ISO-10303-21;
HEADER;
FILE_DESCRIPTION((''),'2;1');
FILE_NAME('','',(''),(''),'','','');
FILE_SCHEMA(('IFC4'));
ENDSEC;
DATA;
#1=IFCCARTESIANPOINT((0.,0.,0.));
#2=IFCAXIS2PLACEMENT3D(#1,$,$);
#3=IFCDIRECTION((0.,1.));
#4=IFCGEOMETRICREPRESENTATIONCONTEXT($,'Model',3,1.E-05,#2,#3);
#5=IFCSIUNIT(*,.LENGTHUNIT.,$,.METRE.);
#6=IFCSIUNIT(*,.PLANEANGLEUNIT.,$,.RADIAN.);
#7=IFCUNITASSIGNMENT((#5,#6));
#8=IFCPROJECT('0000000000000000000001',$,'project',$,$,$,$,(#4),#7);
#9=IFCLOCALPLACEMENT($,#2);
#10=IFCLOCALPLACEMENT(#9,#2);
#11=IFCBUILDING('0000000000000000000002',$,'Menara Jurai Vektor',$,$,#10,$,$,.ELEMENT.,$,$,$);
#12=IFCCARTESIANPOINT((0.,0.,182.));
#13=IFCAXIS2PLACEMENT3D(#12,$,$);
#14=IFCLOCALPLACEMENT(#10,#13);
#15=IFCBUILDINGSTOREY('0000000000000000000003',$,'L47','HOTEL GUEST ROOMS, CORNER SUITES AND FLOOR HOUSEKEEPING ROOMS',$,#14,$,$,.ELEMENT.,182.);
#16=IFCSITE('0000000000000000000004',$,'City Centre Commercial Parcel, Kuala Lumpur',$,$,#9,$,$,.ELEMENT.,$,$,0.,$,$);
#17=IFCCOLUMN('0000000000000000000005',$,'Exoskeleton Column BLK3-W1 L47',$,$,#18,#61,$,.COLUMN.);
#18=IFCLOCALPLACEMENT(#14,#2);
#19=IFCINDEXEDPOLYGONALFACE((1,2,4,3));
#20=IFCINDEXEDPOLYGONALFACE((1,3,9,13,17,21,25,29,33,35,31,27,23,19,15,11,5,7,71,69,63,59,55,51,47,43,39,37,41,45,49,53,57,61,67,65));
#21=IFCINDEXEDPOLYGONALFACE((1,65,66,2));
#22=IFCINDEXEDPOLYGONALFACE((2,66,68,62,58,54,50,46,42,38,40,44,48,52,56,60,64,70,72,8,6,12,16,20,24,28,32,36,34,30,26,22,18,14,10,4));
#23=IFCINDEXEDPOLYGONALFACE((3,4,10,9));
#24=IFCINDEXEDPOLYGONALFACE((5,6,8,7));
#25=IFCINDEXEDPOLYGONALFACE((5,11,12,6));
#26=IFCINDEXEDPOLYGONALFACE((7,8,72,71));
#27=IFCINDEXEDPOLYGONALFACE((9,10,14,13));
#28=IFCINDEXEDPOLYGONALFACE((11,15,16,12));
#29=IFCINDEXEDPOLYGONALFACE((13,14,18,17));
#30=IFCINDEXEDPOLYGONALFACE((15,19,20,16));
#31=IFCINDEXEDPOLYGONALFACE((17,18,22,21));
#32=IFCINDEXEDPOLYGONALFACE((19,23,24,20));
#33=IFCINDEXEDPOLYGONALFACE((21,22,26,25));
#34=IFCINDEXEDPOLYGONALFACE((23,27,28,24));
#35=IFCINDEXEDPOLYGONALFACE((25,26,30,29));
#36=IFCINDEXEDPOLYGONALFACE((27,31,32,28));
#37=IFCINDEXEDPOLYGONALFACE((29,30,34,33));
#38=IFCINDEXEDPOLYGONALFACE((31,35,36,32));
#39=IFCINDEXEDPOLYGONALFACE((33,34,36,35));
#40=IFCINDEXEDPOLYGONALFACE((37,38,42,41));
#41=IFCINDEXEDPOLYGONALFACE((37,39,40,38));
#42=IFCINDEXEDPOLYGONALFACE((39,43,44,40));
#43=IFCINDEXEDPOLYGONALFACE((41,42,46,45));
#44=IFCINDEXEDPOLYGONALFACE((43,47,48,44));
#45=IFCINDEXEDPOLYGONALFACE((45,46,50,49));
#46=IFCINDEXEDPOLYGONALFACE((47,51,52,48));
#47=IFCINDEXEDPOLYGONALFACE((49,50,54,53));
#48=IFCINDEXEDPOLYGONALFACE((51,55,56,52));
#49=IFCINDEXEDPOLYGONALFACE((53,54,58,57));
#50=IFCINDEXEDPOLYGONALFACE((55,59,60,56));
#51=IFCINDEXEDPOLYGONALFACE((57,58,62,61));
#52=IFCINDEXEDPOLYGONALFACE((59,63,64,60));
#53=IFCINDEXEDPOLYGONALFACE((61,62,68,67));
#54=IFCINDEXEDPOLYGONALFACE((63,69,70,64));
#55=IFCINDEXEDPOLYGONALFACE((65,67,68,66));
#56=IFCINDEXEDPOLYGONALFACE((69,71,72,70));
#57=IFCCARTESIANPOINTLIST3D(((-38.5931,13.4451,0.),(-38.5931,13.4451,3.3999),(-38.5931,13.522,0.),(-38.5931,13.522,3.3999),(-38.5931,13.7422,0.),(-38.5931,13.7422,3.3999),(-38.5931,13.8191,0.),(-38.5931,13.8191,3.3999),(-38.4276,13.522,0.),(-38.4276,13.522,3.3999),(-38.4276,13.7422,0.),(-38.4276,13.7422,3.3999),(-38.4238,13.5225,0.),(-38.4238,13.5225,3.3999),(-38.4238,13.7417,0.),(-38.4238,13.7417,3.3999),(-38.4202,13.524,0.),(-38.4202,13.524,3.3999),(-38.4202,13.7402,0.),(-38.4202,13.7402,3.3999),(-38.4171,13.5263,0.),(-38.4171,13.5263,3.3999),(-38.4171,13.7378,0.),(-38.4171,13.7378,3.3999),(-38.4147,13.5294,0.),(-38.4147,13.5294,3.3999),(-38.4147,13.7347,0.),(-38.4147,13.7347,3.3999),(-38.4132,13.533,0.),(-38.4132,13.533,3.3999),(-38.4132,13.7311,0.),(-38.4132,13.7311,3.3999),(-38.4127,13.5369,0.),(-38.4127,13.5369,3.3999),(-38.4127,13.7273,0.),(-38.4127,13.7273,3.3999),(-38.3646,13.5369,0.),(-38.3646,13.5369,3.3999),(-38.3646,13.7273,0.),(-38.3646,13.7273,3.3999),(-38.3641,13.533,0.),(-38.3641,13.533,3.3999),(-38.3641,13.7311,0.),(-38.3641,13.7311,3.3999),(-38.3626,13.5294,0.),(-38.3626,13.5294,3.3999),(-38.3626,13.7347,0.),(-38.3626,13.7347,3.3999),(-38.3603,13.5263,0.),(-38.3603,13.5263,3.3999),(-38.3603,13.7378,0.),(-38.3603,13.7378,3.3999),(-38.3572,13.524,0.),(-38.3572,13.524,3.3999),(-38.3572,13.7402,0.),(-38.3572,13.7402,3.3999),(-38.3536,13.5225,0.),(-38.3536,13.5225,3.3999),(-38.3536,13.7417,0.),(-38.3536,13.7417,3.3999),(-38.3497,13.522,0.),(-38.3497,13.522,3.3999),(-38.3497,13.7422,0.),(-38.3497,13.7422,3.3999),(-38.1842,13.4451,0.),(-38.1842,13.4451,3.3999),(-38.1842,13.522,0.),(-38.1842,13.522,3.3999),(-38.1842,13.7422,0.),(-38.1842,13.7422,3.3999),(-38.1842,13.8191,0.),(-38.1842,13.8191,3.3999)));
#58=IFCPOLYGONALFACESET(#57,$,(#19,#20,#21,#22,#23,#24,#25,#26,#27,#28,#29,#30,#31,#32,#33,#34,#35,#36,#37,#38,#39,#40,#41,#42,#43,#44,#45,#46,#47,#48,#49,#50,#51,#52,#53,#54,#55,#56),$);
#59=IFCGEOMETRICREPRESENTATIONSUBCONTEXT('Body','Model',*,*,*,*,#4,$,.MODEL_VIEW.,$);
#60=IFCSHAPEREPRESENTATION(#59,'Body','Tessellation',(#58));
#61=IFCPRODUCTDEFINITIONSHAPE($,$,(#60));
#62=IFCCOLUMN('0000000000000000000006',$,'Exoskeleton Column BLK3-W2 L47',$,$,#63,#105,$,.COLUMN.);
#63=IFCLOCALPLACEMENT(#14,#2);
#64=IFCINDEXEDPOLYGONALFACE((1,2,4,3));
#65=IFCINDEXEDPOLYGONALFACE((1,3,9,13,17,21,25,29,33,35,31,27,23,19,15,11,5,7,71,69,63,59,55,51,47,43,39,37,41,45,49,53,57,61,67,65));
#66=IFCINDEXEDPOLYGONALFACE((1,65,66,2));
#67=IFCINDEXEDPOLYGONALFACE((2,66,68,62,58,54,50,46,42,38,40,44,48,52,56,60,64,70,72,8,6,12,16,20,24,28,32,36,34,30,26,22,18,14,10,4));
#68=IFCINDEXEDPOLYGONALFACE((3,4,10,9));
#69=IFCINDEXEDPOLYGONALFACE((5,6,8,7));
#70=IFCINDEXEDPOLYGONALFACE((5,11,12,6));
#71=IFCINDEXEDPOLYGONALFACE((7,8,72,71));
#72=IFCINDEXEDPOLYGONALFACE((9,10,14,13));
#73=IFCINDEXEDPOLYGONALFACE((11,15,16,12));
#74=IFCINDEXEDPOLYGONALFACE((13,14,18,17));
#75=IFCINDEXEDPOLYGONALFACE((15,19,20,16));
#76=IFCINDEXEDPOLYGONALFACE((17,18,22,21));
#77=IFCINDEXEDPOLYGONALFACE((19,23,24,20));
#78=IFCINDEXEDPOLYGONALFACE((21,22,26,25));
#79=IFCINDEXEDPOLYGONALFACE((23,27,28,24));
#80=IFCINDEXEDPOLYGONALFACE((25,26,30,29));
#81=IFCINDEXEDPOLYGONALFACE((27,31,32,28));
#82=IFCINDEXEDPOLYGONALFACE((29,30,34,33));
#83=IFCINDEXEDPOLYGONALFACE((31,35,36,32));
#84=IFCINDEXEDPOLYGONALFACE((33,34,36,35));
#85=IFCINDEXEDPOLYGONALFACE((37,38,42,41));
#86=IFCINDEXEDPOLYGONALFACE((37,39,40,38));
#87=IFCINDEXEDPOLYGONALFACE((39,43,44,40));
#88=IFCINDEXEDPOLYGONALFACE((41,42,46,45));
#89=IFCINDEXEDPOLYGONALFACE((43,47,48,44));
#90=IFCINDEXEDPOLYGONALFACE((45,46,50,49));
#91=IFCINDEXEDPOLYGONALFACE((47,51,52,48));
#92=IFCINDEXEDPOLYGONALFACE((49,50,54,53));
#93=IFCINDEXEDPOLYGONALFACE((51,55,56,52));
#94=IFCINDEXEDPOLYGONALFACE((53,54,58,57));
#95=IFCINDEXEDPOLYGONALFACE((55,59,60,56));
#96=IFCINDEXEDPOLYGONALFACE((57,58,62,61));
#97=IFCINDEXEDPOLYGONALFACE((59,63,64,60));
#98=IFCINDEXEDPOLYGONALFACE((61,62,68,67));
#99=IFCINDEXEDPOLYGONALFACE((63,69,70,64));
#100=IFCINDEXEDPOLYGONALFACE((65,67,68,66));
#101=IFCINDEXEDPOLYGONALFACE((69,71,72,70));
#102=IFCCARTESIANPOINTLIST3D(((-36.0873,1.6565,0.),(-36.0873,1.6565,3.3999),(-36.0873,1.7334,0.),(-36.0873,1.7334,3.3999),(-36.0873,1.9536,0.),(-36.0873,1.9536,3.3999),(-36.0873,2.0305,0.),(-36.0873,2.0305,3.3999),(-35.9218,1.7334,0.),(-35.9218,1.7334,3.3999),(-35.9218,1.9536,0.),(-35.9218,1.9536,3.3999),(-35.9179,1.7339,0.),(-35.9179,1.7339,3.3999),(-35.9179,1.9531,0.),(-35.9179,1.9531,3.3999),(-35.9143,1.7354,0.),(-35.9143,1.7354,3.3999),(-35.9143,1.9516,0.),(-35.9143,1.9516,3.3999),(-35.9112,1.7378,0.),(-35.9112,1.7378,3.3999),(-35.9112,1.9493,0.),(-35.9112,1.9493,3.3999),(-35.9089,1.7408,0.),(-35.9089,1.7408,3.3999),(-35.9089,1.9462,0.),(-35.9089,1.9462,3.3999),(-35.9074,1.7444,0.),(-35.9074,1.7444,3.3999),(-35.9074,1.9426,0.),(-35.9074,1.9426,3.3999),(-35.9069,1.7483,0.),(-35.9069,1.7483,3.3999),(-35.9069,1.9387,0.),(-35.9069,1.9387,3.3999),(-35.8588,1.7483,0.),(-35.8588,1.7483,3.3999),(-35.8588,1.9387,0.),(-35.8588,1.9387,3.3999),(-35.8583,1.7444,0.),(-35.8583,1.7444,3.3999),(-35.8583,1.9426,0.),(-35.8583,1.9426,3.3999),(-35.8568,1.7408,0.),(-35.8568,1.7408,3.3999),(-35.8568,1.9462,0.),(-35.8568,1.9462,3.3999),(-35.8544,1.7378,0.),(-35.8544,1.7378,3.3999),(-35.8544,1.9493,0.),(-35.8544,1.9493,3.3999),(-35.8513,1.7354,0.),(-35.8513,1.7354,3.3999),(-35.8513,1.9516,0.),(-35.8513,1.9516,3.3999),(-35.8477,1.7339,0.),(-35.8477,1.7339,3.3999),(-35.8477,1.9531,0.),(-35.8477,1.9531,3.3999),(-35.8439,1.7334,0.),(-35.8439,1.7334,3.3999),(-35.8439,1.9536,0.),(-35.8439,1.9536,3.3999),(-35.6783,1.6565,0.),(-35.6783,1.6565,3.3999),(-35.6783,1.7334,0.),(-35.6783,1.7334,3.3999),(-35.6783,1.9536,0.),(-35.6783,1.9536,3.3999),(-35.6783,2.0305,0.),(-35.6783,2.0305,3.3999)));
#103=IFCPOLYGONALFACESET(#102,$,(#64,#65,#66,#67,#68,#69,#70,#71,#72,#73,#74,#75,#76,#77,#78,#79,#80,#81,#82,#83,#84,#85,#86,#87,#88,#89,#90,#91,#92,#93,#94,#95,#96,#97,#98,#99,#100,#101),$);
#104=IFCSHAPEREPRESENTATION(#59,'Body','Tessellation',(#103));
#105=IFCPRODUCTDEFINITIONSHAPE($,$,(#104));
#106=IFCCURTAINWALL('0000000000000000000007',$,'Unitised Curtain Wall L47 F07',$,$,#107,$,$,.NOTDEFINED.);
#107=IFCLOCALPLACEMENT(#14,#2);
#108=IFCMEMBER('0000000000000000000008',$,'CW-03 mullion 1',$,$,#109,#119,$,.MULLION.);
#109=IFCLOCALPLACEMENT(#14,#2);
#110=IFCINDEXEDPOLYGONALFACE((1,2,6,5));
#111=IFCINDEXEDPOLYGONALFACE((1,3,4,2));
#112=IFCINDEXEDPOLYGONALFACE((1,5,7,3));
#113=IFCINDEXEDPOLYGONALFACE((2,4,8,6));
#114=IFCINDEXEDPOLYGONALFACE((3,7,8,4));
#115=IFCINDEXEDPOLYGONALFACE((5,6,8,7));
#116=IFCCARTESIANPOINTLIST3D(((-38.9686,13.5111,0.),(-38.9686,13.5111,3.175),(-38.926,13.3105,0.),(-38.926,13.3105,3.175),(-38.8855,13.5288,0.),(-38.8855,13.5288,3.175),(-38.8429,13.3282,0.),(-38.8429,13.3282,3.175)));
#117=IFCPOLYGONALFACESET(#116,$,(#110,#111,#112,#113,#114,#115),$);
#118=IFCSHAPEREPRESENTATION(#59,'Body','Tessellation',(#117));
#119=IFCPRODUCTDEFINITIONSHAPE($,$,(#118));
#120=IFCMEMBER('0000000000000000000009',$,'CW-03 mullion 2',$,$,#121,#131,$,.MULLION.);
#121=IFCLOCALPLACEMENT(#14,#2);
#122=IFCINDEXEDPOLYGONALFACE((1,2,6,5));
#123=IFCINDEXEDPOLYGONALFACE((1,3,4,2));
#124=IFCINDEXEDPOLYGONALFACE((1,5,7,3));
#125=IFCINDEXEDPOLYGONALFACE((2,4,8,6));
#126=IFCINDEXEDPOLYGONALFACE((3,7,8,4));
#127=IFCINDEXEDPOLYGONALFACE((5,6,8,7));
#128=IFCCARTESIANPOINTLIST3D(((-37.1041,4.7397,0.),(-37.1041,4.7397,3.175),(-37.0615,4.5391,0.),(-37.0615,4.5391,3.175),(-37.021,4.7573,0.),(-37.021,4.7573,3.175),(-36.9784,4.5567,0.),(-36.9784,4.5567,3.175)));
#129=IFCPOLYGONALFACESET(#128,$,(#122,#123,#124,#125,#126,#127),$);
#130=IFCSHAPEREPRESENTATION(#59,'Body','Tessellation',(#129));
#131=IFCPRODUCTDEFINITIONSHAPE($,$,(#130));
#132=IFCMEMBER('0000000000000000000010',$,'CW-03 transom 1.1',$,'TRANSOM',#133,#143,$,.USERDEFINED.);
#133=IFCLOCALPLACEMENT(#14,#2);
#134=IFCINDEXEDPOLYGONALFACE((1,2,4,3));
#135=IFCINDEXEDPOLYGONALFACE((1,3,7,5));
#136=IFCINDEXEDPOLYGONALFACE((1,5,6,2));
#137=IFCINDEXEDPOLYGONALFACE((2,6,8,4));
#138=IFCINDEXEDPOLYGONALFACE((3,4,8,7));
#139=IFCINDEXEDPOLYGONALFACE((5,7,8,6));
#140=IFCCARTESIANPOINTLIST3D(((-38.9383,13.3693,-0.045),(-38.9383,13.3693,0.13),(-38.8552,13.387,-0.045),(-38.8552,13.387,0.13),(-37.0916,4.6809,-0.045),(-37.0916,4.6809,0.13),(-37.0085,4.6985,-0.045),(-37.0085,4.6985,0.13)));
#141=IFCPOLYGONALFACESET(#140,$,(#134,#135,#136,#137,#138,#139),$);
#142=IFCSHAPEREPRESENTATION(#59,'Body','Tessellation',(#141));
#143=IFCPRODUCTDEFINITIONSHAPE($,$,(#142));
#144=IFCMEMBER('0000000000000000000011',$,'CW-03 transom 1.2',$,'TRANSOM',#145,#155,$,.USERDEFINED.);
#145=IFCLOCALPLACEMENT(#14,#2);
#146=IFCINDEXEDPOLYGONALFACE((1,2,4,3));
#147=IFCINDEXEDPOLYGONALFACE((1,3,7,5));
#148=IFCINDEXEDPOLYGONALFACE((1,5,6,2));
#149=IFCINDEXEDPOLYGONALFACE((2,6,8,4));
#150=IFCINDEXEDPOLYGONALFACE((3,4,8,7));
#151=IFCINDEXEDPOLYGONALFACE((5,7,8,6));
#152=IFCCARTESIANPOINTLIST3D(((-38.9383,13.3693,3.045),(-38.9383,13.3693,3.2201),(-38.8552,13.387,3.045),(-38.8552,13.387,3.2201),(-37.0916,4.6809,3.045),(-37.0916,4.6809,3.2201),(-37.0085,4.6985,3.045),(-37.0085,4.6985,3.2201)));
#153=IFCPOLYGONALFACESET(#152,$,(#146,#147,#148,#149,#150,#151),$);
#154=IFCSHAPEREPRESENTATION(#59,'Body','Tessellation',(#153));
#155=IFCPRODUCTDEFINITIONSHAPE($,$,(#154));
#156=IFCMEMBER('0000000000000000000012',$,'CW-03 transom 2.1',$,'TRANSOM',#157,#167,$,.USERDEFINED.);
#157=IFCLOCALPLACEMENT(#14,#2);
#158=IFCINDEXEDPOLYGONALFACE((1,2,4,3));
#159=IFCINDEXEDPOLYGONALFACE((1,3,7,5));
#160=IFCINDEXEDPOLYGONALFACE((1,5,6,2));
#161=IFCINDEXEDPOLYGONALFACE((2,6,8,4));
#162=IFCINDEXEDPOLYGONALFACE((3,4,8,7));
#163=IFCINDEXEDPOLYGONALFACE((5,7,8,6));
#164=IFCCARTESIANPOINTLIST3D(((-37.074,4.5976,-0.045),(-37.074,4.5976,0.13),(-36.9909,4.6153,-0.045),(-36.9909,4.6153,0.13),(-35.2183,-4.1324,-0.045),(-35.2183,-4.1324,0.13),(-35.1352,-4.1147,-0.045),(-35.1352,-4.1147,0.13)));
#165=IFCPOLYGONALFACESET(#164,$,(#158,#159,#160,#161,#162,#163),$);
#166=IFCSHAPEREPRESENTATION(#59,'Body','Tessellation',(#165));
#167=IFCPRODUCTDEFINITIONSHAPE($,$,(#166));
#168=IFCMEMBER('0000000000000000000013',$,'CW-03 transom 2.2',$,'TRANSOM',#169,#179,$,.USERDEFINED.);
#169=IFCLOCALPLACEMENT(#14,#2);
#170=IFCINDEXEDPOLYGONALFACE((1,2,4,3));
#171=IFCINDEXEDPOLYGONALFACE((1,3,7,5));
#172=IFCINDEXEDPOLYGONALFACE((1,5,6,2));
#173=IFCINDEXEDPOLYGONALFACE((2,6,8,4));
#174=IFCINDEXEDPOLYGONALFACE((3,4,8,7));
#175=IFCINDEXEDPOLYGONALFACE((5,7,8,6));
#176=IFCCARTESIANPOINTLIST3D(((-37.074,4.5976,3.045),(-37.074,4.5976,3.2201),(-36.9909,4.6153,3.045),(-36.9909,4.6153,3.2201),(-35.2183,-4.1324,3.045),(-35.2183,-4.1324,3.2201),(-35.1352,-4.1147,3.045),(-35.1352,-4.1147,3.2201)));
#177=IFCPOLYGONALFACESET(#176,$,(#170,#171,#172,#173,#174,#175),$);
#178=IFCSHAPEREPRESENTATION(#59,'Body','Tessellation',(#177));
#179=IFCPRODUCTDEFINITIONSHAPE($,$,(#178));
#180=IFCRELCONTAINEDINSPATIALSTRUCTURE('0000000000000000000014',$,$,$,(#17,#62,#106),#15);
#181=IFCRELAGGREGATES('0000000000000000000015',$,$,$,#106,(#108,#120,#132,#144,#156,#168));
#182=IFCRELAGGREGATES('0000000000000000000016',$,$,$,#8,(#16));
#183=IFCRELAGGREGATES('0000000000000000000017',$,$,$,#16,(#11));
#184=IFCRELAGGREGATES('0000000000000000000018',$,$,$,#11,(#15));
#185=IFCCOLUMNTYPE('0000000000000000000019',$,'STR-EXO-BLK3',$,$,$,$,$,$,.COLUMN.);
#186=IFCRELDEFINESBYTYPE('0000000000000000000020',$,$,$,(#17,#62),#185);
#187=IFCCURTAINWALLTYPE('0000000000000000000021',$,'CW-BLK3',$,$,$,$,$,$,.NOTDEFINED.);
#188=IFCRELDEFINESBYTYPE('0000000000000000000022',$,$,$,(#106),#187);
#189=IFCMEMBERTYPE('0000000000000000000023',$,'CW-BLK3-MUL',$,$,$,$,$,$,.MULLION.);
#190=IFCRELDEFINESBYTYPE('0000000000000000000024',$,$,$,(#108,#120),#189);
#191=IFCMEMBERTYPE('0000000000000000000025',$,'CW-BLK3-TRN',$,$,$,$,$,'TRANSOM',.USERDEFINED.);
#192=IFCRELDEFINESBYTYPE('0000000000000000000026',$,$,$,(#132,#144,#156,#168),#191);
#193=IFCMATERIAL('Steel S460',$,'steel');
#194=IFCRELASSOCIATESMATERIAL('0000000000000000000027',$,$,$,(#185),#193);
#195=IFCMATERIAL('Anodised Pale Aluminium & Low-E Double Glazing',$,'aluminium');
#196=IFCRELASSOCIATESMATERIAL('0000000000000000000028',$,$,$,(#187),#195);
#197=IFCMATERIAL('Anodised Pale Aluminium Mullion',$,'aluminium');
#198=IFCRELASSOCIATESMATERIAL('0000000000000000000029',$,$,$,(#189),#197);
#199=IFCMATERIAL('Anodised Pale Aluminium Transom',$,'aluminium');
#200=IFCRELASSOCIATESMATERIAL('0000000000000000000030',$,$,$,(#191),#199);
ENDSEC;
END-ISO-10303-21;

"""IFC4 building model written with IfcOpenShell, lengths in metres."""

from ifc_helpers import new_model, si_unit, direction, frame, origin, origin_2d, place, context, subcontext, project, spatial, rectangle, i_section, extrude, material, material_profile, profile_set, type_object, element, aggregate, save


model = new_model("IFC4")

# Units and contexts
model_context = context("Model", 3, precision=1e-05, world=origin(), true_north=direction((0.0, 1.0)))
body_context = subcontext(model_context, "Body", "Model", "MODEL_VIEW")
ifc_project = project(units=[si_unit("LENGTHUNIT", "METRE"), si_unit("PLANEANGLEUNIT", "RADIAN")], contexts=[model_context])

# Site, building, storey
site_placement = place(None, origin())
site = spatial("IfcSite", under=ifc_project, at=site_placement, Name="City Centre Commercial Parcel, Kuala Lumpur", CompositionType="ELEMENT", RefElevation=0.0)
building_placement = place(site_placement, origin())
building = spatial("IfcBuilding", under=site, at=building_placement, Name="Menara Jurai Vektor", CompositionType="ELEMENT")
storey_placement = place(building_placement, frame((0.0, 0.0, 182.0)))
storey = spatial("IfcBuildingStorey", under=building, at=storey_placement, Name="L47", Description="HOTEL GUEST ROOMS, CORNER SUITES AND FLOOR HOUSEKEEPING ROOMS", CompositionType="ELEMENT", Elevation=182.0)

# Columns
ifc_material_1 = material(Name="Steel S460", Category="steel")
ifc_material_profile_1 = material_profile(ifc_material_1, i_section(OverallWidth=0.4089, OverallDepth=0.374, WebThickness=0.0481, FlangeThickness=0.0769, FilletRadius=0.0149, at=origin_2d()), Name="HD 400x634")
ifc_profile_set_1 = profile_set([ifc_material_profile_1], Name="Steel S460")
column_type = type_object("IfcColumnType", Name="STR-EXO-BLK3", PredefinedType="COLUMN", material=ifc_profile_set_1)
for number, where, z_axis, x_axis, name in (
    (1, (-38.3887, 13.6321, 0.0), (0.0, 0.0, 1.0), (1.0, 0.0, 0.0), "Exoskeleton Column BLK3-W1 L47"),
    (2, (-35.8828, 1.8435, 0.0), (0.0, 0.0, 1.0), (1.0, 0.0, 0.0), "Exoskeleton Column BLK3-W2 L47"),
):
    element("IfcColumn", number, at=place(storey_placement, frame(where, z_axis=z_axis, x_axis=x_axis)), inside=storey, type_object=column_type, Name=name, PredefinedType="COLUMN", context=body_context, shape_type="SweptSolid", body=[
        extrude(i_section(OverallWidth=0.4089, OverallDepth=0.374, WebThickness=0.0481, FlangeThickness=0.0769, FilletRadius=0.0149, at=origin_2d()), origin(), (0.0, 0.0, 1.0), 3.3999),
    ])

# Curtain wall, members
ifc_material_2 = material(Name="Anodised Pale Aluminium & Low-E Double Glazing", Category="aluminium")
curtain_wall_type = type_object("IfcCurtainWallType", Name="CW-BLK3", PredefinedType="NOTDEFINED", material=ifc_material_2)
curtain_wall_placement = place(storey_placement, origin())
curtain_wall = element("IfcCurtainWall", 3, at=curtain_wall_placement, inside=storey, type_object=curtain_wall_type, Name="Unitised Curtain Wall L47 F07", PredefinedType="NOTDEFINED")
ifc_material_3 = material(Name="Anodised Pale Aluminium Mullion", Category="aluminium")
ifc_material_profile_2 = material_profile(ifc_material_3, rectangle(XDim=0.085, YDim=0.2051, at=origin_2d()), Name="ALU MUL 85x205")
ifc_profile_set_2 = profile_set([ifc_material_profile_2], Name="Anodised Pale Aluminium Mullion")
member_type_1 = type_object("IfcMemberType", Name="CW-BLK3-MUL", PredefinedType="MULLION", material=ifc_profile_set_2)
member_1_placement = place(storey_placement, frame((-38.9058, 13.4197, 0.0), z_axis=(0.0, 0.0, 1.0), x_axis=(0.978148, 0.20791, 0.0)))
member_1 = element("IfcMember", 4, at=member_1_placement, type_object=member_type_1, Name="CW-03 mullion 1", PredefinedType="MULLION", context=body_context, shape_type="SweptSolid", body=[
    extrude(rectangle(XDim=0.085, YDim=0.2051, at=origin_2d()), origin(), (0.0, 0.0, 1.0), 3.175),
])
member_2_placement = place(storey_placement, frame((-37.0413, 4.6482, 0.0), z_axis=(0.0, 0.0, 1.0), x_axis=(0.978148, 0.20791, 0.0)))
member_2 = element("IfcMember", 5, at=member_2_placement, type_object=member_type_1, Name="CW-03 mullion 2", PredefinedType="MULLION", context=body_context, shape_type="SweptSolid", body=[
    extrude(rectangle(XDim=0.085, YDim=0.2051, at=origin_2d()), origin(), (0.0, 0.0, 1.0), 3.175),
])
ifc_material_4 = material(Name="Anodised Pale Aluminium Transom", Category="aluminium")
ifc_material_profile_3 = material_profile(ifc_material_4, rectangle(XDim=0.085, YDim=0.175, at=origin_2d()), Name="ALU TRN 85x175")
ifc_profile_set_3 = profile_set([ifc_material_profile_3], Name="Anodised Pale Aluminium Transom")
member_type_2 = type_object("IfcMemberType", Name="CW-BLK3-TRN", ElementType="TRANSOM", PredefinedType="USERDEFINED", material=ifc_profile_set_3)
member_3_placement = place(storey_placement, frame((-38.8967, 13.3782, 0.0425), z_axis=(0.2079, -0.97815, 0.0), x_axis=(0.97815, 0.2079, 0.0)))
member_3 = element("IfcMember", 6, at=member_3_placement, type_object=member_type_2, Name="CW-03 transom 1.1", ObjectType="TRANSOM", PredefinedType="USERDEFINED", context=body_context, shape_type="SweptSolid", body=[
    extrude(rectangle(XDim=0.085, YDim=0.175, at=origin_2d()), origin(), (0.0, 0.0, 1.0), 8.8826),
])
member_4_placement = place(storey_placement, frame((-38.8967, 13.3782, 3.1326), z_axis=(0.2079, -0.97815, 0.0), x_axis=(0.97815, 0.2079, 0.0)))
member_4 = element("IfcMember", 7, at=member_4_placement, type_object=member_type_2, Name="CW-03 transom 1.2", ObjectType="TRANSOM", PredefinedType="USERDEFINED", context=body_context, shape_type="SweptSolid", body=[
    extrude(rectangle(XDim=0.085, YDim=0.175, at=origin_2d()), origin(), (0.0, 0.0, 1.0), 8.8826),
])
member_5_placement = place(storey_placement, frame((-37.0325, 4.6064, 0.0425), z_axis=(0.207922, -0.978145, 0.0), x_axis=(0.978145, 0.207922, 0.0)))
member_5 = element("IfcMember", 8, at=member_5_placement, type_object=member_type_2, Name="CW-03 transom 2.1", ObjectType="TRANSOM", PredefinedType="USERDEFINED", context=body_context, shape_type="SweptSolid", body=[
    extrude(rectangle(XDim=0.085, YDim=0.175, at=origin_2d()), origin(), (0.0, 0.0, 1.0), 8.925),
])
member_6_placement = place(storey_placement, frame((-37.0325, 4.6064, 3.1326), z_axis=(0.207922, -0.978145, 0.0), x_axis=(0.978145, 0.207922, 0.0)))
member_6 = element("IfcMember", 9, at=member_6_placement, type_object=member_type_2, Name="CW-03 transom 2.2", ObjectType="TRANSOM", PredefinedType="USERDEFINED", context=body_context, shape_type="SweptSolid", body=[
    extrude(rectangle(XDim=0.085, YDim=0.175, at=origin_2d()), origin(), (0.0, 0.0, 1.0), 8.925),
])

aggregate(curtain_wall, [member_1, member_2, member_3, member_4, member_5, member_6])

save(model, "model.ifc")
